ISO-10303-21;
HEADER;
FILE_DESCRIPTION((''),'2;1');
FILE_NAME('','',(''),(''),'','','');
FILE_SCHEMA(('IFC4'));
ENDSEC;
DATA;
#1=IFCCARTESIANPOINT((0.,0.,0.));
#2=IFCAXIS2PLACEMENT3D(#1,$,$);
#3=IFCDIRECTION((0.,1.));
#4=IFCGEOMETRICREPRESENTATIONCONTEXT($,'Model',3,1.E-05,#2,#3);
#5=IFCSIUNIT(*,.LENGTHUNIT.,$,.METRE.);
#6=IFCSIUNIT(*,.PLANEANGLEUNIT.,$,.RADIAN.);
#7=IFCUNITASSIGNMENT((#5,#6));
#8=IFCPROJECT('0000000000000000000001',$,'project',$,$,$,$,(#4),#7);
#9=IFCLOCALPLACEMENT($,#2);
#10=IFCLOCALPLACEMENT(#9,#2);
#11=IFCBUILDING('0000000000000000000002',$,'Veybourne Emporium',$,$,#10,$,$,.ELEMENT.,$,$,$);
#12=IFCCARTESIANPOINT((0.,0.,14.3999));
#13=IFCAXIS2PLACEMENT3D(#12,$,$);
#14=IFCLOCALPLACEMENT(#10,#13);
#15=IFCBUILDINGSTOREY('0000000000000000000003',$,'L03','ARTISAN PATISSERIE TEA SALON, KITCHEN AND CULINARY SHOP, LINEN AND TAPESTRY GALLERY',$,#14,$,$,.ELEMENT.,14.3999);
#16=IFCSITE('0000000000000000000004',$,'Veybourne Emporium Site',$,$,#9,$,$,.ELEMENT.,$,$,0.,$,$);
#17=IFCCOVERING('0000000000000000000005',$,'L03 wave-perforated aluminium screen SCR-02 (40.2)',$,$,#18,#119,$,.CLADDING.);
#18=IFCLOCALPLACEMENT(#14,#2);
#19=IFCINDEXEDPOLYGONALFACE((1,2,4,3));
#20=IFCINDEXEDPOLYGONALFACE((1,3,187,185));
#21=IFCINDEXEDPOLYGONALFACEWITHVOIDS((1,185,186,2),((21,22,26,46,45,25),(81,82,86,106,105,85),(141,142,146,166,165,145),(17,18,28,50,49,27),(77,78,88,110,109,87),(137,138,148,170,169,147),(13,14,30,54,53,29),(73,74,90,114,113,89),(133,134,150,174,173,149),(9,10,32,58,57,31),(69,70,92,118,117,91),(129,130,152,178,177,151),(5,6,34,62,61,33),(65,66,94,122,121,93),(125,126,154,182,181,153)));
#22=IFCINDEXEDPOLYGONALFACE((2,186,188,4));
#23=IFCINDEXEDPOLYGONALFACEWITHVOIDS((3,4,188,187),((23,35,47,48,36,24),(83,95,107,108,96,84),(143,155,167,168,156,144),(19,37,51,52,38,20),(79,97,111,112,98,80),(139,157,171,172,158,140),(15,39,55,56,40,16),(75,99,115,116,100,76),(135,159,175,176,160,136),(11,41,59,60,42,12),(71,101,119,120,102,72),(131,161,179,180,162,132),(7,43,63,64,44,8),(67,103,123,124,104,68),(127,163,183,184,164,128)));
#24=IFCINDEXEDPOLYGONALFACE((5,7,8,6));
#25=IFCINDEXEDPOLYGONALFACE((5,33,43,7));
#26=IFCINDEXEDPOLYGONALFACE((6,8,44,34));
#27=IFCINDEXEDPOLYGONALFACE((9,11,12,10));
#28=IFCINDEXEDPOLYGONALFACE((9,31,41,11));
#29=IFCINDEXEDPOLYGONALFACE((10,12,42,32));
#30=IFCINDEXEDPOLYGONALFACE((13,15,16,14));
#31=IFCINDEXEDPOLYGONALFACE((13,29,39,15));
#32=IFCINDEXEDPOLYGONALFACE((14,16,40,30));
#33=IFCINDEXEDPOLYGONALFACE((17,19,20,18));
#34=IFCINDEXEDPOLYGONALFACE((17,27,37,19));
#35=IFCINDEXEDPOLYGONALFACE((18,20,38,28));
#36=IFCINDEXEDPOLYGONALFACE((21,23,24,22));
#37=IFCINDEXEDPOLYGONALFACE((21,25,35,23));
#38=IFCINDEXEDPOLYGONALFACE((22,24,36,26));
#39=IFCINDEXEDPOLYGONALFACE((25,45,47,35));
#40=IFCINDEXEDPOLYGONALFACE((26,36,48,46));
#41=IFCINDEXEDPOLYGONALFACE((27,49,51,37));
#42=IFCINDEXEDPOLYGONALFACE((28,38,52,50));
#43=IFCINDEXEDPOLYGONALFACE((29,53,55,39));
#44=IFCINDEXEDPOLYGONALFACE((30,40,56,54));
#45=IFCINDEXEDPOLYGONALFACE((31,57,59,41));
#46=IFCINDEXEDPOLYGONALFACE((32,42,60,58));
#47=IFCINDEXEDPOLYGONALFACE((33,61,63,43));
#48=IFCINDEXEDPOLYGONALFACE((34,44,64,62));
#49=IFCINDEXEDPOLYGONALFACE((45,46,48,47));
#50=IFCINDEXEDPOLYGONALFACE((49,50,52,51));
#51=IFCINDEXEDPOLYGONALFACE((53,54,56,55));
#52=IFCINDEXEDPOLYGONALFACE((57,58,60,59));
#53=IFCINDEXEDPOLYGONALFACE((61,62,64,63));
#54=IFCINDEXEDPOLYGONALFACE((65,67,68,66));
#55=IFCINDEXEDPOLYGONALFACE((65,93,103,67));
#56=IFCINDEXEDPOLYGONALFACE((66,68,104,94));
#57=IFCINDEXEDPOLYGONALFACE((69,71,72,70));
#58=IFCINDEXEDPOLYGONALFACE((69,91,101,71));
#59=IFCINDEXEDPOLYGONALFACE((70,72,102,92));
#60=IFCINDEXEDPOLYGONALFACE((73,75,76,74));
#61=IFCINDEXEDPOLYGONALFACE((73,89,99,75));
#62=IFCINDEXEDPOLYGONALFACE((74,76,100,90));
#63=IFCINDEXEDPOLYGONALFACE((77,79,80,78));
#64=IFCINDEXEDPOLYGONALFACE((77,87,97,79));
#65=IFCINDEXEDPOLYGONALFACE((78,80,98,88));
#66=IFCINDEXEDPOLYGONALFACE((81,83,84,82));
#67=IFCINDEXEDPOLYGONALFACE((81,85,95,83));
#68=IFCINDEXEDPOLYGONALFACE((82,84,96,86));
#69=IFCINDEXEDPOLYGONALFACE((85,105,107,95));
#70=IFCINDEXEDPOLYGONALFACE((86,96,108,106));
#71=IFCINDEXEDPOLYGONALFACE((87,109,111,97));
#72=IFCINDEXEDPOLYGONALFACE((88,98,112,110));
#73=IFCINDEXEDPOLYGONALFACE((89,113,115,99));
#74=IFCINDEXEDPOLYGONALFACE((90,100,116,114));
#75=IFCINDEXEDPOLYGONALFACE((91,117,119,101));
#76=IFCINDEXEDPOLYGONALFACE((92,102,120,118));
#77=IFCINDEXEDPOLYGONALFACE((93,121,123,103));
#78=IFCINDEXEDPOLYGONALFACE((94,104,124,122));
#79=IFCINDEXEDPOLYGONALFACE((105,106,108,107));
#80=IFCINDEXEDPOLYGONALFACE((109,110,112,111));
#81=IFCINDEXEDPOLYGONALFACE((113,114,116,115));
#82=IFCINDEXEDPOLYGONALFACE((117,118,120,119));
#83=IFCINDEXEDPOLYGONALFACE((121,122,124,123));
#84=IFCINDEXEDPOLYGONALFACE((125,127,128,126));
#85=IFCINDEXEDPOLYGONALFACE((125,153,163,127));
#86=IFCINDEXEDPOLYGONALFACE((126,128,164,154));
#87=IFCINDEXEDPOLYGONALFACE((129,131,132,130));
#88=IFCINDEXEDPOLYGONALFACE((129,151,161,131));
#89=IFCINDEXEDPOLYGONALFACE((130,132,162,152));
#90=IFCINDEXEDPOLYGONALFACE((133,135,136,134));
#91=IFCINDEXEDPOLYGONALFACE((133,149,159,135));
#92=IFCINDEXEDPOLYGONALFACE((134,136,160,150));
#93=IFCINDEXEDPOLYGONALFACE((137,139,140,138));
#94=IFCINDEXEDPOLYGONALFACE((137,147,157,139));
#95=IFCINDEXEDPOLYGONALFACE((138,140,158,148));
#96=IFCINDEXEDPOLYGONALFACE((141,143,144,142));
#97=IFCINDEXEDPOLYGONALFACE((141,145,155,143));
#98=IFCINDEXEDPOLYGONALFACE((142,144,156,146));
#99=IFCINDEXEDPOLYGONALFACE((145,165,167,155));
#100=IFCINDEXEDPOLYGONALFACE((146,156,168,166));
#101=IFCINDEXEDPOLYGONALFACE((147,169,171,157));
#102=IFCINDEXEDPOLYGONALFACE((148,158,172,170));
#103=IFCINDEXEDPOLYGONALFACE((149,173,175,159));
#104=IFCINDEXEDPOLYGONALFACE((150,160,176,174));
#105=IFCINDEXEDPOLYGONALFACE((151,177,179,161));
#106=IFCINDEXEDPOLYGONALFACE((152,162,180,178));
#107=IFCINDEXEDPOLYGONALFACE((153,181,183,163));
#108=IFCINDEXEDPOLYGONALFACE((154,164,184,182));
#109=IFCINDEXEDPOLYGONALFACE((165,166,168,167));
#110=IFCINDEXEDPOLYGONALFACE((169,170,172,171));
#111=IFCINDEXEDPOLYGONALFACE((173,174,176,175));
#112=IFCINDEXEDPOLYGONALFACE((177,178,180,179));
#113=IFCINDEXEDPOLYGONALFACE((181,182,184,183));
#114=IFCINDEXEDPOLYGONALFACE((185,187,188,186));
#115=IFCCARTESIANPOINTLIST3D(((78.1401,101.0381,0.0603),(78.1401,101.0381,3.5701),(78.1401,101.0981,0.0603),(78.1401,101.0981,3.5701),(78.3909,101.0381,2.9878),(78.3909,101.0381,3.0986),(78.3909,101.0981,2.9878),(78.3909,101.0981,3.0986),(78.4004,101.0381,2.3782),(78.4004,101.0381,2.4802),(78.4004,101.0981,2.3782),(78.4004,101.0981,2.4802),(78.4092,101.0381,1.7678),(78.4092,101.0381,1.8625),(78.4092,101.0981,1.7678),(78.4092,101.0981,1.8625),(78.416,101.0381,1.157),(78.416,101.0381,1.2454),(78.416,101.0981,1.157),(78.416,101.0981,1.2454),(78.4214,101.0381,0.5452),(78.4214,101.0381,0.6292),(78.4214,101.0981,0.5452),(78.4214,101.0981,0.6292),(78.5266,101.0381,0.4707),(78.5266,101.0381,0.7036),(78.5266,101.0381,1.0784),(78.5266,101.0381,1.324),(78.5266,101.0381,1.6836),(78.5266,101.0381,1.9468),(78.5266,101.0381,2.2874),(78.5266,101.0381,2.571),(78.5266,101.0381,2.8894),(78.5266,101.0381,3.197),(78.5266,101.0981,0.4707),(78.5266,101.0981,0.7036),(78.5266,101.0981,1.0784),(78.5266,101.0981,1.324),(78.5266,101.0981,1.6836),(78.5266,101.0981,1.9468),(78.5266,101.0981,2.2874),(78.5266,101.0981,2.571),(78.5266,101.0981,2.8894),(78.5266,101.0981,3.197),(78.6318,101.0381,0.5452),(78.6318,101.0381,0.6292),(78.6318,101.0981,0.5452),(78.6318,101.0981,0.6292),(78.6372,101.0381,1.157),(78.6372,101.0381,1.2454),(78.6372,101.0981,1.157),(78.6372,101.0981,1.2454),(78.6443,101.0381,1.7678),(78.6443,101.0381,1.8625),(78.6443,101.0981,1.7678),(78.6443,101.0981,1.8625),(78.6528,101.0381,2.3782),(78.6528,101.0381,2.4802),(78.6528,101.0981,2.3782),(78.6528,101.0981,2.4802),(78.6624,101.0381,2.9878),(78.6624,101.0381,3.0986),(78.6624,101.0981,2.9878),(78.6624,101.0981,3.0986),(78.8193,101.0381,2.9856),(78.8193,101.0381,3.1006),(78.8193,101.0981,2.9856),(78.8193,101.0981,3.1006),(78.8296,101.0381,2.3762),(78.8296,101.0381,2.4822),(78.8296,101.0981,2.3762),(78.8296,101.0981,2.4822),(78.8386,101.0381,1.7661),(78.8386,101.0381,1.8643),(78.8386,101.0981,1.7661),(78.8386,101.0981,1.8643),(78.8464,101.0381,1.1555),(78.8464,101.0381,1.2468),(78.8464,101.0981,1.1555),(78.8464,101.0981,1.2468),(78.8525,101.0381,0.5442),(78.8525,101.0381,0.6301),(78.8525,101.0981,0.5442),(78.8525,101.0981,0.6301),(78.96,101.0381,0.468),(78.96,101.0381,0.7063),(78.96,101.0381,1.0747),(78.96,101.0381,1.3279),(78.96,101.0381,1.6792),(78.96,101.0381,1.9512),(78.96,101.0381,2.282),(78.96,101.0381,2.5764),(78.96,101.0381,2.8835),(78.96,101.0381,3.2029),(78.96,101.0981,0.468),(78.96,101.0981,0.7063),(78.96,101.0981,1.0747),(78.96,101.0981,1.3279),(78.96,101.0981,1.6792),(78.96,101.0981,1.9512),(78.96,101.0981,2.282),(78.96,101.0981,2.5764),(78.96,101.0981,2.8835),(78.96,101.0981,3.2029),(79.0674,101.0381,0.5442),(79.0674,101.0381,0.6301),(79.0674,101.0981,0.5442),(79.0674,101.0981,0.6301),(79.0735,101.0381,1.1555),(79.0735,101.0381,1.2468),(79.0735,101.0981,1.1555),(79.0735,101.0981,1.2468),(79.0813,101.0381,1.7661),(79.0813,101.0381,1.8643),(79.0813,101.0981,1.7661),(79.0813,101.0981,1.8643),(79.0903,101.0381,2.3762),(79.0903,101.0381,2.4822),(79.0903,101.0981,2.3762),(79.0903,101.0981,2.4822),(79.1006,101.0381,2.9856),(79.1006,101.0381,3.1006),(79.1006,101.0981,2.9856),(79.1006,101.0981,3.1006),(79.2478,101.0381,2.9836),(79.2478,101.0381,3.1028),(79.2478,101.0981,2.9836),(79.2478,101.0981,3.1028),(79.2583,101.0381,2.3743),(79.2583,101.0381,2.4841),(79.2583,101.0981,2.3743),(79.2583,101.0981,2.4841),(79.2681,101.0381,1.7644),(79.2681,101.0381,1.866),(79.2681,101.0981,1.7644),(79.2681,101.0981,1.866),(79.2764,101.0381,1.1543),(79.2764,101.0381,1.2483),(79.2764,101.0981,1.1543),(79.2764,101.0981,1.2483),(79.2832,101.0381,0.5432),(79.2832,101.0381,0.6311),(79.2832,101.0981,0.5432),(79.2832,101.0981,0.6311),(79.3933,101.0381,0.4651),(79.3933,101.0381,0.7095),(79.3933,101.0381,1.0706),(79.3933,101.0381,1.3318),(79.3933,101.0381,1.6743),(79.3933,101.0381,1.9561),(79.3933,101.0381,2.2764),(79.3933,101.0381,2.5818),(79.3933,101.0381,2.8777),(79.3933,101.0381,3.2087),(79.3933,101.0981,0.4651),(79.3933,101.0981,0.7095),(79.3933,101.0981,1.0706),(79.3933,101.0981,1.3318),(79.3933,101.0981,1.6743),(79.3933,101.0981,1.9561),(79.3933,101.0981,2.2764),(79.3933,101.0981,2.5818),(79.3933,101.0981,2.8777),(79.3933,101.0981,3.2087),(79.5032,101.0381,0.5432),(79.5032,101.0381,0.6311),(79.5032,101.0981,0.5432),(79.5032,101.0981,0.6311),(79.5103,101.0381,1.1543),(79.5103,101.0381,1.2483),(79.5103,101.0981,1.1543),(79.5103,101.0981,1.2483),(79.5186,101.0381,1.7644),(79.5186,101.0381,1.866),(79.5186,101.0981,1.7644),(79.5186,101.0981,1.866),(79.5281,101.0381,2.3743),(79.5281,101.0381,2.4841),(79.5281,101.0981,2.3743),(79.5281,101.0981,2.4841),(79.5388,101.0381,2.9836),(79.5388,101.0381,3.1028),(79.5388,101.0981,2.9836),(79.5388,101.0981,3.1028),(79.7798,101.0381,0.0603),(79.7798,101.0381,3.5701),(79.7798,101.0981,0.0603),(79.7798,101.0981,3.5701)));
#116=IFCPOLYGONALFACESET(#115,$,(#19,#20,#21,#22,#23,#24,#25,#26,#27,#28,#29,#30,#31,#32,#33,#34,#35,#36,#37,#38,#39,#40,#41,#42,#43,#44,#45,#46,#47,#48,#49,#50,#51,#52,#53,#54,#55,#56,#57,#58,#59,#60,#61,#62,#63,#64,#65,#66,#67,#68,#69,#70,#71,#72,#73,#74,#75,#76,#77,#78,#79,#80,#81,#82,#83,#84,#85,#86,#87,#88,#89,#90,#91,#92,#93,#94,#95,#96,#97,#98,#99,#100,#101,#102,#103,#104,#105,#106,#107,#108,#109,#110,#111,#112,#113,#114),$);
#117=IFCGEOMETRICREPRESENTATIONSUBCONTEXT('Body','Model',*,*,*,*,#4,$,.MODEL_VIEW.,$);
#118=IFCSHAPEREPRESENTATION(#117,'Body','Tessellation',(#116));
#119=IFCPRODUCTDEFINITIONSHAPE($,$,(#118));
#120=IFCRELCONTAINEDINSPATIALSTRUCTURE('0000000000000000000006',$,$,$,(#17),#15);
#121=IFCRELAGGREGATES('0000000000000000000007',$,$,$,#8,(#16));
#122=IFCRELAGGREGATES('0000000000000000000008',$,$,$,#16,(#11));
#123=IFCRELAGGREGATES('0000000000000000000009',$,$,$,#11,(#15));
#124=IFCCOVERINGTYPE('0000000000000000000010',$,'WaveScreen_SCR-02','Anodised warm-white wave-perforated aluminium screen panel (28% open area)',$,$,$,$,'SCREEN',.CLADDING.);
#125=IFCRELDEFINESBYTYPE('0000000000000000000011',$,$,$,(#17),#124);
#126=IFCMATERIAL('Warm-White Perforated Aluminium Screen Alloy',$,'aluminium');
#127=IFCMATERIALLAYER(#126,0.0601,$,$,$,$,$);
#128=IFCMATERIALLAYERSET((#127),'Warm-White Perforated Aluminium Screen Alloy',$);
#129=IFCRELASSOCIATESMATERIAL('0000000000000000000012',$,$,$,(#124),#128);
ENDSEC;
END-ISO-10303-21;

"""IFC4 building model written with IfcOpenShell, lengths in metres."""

from ifc_helpers import new_model, si_unit, direction, frame, origin, place, context, subcontext, project, spatial, polyline, outline, extrude, material, layer, layer_set, type_object, element, save


model = new_model("IFC4")

# Units and contexts
model_context = context("Model", 3, precision=1e-05, world=origin(), true_north=direction((0.0, 1.0)))
body_context = subcontext(model_context, "Body", "Model", "MODEL_VIEW")
ifc_project = project(units=[si_unit("LENGTHUNIT", "METRE"), si_unit("PLANEANGLEUNIT", "RADIAN")], contexts=[model_context])

# Site, building, storey
site_placement = place(None, origin())
site = spatial("IfcSite", under=ifc_project, at=site_placement, Name="Veybourne Emporium Site", CompositionType="ELEMENT", RefElevation=0.0)
building_placement = place(site_placement, origin())
building = spatial("IfcBuilding", under=site, at=building_placement, Name="Veybourne Emporium", CompositionType="ELEMENT")
storey_placement = place(building_placement, frame((0.0, 0.0, 14.3999)))
storey = spatial("IfcBuildingStorey", under=building, at=storey_placement, Name="L03", Description="ARTISAN PATISSERIE TEA SALON, KITCHEN AND CULINARY SHOP, LINEN AND TAPESTRY GALLERY", CompositionType="ELEMENT", Elevation=14.3999)

# Covering
ifc_material_1 = material(Name="Warm-White Perforated Aluminium Screen Alloy", Category="aluminium")
ifc_layer_1 = layer(ifc_material_1, 0.0601)
ifc_layer_set_1 = layer_set([ifc_layer_1], Name="Warm-White Perforated Aluminium Screen Alloy")
covering_type_1 = type_object("IfcCoveringType", Name="WaveScreen_SCR-02", Description="Anodised warm-white wave-perforated aluminium screen panel (28% open area)", ElementType="SCREEN", PredefinedType="CLADDING", material=ifc_layer_set_1)
covering_1_placement = place(storey_placement, frame((78.96, 101.0981, 1.8152), z_axis=(0.0, -1.0, 0.0), x_axis=(1.0, 0.0, 0.0)))
element("IfcCovering", 1, at=covering_1_placement, inside=storey, type_object=covering_type_1, Name="L03 wave-perforated aluminium screen SCR-02 (40.2)", PredefinedType="CLADDING", context=body_context, shape_type="SweptSolid", body=[
    extrude(outline(polyline([(-0.8198, -1.7549), (0.8198, -1.7549), (0.8198, 1.7549), (-0.8198, 1.7549), (-0.8198, -1.7549)]), holes=[polyline([(-0.4333, -1.1116), (-0.3281, -1.186), (-0.3281, -1.27), (-0.4333, -1.3445), (-0.5386, -1.27), (-0.5386, -1.186), (-0.4333, -1.1116)]), polyline([(-0.4333, -0.4912), (-0.3228, -0.5698), (-0.3228, -0.6582), (-0.4333, -0.7368), (-0.5439, -0.6582), (-0.5439, -0.5698), (-0.4333, -0.4912)]), polyline([(-0.4333, 0.1316), (-0.3157, 0.0474), (-0.3157, -0.0474), (-0.4333, -0.1316), (-0.5508, -0.0474), (-0.5508, 0.0474), (-0.4333, 0.1316)]), polyline([(-0.4333, 0.7559), (-0.3071, 0.665), (-0.3071, 0.563), (-0.4333, 0.4722), (-0.5596, 0.563), (-0.5596, 0.665), (-0.4333, 0.7559)]), polyline([(-0.4333, 1.3818), (-0.2976, 1.2834), (-0.2976, 1.1726), (-0.4333, 1.0742), (-0.5691, 1.1726), (-0.5691, 1.2834), (-0.4333, 1.3818)]), polyline([(0.0, -1.1089), (0.1074, -1.1851), (0.1074, -1.271), (0.0, -1.3472), (-0.1074, -1.271), (-0.1074, -1.1851), (0.0, -1.1089)]), polyline([(0.0, -0.4873), (0.1135, -0.5684), (0.1135, -0.6597), (0.0, -0.7405), (-0.1135, -0.6597), (-0.1135, -0.5684), (0.0, -0.4873)]), polyline([(0.0, 0.136), (0.1213, 0.0491), (0.1213, -0.0491), (0.0, -0.136), (-0.1213, -0.0491), (-0.1213, 0.0491), (0.0, 0.136)]), polyline([(0.0, 0.7612), (0.1304, 0.667), (0.1304, 0.561), (0.0, 0.4668), (-0.1304, 0.561), (-0.1304, 0.667), (0.0, 0.7612)]), polyline([(0.0, 1.3877), (0.1406, 1.2854), (0.1406, 1.1704), (0.0, 1.0684), (-0.1406, 1.1704), (-0.1406, 1.2854), (0.0, 1.3877)]), polyline([(0.4333, -1.1057), (0.5432, -1.1841), (0.5432, -1.272), (0.4333, -1.3501), (0.3232, -1.272), (0.3232, -1.1841), (0.4333, -1.1057)]), polyline([(0.4333, -0.4834), (0.5503, -0.5669), (0.5503, -0.6609), (0.4333, -0.7446), (0.3164, -0.6609), (0.3164, -0.5669), (0.4333, -0.4834)]), polyline([(0.4333, 0.1409), (0.5586, 0.0508), (0.5586, -0.0508), (0.4333, -0.1409), (0.3081, -0.0508), (0.3081, 0.0508), (0.4333, 0.1409)]), polyline([(0.4333, 0.7666), (0.5681, 0.6689), (0.5681, 0.5591), (0.4333, 0.4612), (0.2983, 0.5591), (0.2983, 0.6689), (0.4333, 0.7666)]), polyline([(0.4333, 1.3936), (0.5789, 1.2876), (0.5789, 1.1685), (0.4333, 1.0625), (0.2878, 1.1685), (0.2878, 1.2876), (0.4333, 1.3936)])]), origin(), (0.0, 0.0, 1.0), 0.0601),
])

save(model, "model.ifc")
